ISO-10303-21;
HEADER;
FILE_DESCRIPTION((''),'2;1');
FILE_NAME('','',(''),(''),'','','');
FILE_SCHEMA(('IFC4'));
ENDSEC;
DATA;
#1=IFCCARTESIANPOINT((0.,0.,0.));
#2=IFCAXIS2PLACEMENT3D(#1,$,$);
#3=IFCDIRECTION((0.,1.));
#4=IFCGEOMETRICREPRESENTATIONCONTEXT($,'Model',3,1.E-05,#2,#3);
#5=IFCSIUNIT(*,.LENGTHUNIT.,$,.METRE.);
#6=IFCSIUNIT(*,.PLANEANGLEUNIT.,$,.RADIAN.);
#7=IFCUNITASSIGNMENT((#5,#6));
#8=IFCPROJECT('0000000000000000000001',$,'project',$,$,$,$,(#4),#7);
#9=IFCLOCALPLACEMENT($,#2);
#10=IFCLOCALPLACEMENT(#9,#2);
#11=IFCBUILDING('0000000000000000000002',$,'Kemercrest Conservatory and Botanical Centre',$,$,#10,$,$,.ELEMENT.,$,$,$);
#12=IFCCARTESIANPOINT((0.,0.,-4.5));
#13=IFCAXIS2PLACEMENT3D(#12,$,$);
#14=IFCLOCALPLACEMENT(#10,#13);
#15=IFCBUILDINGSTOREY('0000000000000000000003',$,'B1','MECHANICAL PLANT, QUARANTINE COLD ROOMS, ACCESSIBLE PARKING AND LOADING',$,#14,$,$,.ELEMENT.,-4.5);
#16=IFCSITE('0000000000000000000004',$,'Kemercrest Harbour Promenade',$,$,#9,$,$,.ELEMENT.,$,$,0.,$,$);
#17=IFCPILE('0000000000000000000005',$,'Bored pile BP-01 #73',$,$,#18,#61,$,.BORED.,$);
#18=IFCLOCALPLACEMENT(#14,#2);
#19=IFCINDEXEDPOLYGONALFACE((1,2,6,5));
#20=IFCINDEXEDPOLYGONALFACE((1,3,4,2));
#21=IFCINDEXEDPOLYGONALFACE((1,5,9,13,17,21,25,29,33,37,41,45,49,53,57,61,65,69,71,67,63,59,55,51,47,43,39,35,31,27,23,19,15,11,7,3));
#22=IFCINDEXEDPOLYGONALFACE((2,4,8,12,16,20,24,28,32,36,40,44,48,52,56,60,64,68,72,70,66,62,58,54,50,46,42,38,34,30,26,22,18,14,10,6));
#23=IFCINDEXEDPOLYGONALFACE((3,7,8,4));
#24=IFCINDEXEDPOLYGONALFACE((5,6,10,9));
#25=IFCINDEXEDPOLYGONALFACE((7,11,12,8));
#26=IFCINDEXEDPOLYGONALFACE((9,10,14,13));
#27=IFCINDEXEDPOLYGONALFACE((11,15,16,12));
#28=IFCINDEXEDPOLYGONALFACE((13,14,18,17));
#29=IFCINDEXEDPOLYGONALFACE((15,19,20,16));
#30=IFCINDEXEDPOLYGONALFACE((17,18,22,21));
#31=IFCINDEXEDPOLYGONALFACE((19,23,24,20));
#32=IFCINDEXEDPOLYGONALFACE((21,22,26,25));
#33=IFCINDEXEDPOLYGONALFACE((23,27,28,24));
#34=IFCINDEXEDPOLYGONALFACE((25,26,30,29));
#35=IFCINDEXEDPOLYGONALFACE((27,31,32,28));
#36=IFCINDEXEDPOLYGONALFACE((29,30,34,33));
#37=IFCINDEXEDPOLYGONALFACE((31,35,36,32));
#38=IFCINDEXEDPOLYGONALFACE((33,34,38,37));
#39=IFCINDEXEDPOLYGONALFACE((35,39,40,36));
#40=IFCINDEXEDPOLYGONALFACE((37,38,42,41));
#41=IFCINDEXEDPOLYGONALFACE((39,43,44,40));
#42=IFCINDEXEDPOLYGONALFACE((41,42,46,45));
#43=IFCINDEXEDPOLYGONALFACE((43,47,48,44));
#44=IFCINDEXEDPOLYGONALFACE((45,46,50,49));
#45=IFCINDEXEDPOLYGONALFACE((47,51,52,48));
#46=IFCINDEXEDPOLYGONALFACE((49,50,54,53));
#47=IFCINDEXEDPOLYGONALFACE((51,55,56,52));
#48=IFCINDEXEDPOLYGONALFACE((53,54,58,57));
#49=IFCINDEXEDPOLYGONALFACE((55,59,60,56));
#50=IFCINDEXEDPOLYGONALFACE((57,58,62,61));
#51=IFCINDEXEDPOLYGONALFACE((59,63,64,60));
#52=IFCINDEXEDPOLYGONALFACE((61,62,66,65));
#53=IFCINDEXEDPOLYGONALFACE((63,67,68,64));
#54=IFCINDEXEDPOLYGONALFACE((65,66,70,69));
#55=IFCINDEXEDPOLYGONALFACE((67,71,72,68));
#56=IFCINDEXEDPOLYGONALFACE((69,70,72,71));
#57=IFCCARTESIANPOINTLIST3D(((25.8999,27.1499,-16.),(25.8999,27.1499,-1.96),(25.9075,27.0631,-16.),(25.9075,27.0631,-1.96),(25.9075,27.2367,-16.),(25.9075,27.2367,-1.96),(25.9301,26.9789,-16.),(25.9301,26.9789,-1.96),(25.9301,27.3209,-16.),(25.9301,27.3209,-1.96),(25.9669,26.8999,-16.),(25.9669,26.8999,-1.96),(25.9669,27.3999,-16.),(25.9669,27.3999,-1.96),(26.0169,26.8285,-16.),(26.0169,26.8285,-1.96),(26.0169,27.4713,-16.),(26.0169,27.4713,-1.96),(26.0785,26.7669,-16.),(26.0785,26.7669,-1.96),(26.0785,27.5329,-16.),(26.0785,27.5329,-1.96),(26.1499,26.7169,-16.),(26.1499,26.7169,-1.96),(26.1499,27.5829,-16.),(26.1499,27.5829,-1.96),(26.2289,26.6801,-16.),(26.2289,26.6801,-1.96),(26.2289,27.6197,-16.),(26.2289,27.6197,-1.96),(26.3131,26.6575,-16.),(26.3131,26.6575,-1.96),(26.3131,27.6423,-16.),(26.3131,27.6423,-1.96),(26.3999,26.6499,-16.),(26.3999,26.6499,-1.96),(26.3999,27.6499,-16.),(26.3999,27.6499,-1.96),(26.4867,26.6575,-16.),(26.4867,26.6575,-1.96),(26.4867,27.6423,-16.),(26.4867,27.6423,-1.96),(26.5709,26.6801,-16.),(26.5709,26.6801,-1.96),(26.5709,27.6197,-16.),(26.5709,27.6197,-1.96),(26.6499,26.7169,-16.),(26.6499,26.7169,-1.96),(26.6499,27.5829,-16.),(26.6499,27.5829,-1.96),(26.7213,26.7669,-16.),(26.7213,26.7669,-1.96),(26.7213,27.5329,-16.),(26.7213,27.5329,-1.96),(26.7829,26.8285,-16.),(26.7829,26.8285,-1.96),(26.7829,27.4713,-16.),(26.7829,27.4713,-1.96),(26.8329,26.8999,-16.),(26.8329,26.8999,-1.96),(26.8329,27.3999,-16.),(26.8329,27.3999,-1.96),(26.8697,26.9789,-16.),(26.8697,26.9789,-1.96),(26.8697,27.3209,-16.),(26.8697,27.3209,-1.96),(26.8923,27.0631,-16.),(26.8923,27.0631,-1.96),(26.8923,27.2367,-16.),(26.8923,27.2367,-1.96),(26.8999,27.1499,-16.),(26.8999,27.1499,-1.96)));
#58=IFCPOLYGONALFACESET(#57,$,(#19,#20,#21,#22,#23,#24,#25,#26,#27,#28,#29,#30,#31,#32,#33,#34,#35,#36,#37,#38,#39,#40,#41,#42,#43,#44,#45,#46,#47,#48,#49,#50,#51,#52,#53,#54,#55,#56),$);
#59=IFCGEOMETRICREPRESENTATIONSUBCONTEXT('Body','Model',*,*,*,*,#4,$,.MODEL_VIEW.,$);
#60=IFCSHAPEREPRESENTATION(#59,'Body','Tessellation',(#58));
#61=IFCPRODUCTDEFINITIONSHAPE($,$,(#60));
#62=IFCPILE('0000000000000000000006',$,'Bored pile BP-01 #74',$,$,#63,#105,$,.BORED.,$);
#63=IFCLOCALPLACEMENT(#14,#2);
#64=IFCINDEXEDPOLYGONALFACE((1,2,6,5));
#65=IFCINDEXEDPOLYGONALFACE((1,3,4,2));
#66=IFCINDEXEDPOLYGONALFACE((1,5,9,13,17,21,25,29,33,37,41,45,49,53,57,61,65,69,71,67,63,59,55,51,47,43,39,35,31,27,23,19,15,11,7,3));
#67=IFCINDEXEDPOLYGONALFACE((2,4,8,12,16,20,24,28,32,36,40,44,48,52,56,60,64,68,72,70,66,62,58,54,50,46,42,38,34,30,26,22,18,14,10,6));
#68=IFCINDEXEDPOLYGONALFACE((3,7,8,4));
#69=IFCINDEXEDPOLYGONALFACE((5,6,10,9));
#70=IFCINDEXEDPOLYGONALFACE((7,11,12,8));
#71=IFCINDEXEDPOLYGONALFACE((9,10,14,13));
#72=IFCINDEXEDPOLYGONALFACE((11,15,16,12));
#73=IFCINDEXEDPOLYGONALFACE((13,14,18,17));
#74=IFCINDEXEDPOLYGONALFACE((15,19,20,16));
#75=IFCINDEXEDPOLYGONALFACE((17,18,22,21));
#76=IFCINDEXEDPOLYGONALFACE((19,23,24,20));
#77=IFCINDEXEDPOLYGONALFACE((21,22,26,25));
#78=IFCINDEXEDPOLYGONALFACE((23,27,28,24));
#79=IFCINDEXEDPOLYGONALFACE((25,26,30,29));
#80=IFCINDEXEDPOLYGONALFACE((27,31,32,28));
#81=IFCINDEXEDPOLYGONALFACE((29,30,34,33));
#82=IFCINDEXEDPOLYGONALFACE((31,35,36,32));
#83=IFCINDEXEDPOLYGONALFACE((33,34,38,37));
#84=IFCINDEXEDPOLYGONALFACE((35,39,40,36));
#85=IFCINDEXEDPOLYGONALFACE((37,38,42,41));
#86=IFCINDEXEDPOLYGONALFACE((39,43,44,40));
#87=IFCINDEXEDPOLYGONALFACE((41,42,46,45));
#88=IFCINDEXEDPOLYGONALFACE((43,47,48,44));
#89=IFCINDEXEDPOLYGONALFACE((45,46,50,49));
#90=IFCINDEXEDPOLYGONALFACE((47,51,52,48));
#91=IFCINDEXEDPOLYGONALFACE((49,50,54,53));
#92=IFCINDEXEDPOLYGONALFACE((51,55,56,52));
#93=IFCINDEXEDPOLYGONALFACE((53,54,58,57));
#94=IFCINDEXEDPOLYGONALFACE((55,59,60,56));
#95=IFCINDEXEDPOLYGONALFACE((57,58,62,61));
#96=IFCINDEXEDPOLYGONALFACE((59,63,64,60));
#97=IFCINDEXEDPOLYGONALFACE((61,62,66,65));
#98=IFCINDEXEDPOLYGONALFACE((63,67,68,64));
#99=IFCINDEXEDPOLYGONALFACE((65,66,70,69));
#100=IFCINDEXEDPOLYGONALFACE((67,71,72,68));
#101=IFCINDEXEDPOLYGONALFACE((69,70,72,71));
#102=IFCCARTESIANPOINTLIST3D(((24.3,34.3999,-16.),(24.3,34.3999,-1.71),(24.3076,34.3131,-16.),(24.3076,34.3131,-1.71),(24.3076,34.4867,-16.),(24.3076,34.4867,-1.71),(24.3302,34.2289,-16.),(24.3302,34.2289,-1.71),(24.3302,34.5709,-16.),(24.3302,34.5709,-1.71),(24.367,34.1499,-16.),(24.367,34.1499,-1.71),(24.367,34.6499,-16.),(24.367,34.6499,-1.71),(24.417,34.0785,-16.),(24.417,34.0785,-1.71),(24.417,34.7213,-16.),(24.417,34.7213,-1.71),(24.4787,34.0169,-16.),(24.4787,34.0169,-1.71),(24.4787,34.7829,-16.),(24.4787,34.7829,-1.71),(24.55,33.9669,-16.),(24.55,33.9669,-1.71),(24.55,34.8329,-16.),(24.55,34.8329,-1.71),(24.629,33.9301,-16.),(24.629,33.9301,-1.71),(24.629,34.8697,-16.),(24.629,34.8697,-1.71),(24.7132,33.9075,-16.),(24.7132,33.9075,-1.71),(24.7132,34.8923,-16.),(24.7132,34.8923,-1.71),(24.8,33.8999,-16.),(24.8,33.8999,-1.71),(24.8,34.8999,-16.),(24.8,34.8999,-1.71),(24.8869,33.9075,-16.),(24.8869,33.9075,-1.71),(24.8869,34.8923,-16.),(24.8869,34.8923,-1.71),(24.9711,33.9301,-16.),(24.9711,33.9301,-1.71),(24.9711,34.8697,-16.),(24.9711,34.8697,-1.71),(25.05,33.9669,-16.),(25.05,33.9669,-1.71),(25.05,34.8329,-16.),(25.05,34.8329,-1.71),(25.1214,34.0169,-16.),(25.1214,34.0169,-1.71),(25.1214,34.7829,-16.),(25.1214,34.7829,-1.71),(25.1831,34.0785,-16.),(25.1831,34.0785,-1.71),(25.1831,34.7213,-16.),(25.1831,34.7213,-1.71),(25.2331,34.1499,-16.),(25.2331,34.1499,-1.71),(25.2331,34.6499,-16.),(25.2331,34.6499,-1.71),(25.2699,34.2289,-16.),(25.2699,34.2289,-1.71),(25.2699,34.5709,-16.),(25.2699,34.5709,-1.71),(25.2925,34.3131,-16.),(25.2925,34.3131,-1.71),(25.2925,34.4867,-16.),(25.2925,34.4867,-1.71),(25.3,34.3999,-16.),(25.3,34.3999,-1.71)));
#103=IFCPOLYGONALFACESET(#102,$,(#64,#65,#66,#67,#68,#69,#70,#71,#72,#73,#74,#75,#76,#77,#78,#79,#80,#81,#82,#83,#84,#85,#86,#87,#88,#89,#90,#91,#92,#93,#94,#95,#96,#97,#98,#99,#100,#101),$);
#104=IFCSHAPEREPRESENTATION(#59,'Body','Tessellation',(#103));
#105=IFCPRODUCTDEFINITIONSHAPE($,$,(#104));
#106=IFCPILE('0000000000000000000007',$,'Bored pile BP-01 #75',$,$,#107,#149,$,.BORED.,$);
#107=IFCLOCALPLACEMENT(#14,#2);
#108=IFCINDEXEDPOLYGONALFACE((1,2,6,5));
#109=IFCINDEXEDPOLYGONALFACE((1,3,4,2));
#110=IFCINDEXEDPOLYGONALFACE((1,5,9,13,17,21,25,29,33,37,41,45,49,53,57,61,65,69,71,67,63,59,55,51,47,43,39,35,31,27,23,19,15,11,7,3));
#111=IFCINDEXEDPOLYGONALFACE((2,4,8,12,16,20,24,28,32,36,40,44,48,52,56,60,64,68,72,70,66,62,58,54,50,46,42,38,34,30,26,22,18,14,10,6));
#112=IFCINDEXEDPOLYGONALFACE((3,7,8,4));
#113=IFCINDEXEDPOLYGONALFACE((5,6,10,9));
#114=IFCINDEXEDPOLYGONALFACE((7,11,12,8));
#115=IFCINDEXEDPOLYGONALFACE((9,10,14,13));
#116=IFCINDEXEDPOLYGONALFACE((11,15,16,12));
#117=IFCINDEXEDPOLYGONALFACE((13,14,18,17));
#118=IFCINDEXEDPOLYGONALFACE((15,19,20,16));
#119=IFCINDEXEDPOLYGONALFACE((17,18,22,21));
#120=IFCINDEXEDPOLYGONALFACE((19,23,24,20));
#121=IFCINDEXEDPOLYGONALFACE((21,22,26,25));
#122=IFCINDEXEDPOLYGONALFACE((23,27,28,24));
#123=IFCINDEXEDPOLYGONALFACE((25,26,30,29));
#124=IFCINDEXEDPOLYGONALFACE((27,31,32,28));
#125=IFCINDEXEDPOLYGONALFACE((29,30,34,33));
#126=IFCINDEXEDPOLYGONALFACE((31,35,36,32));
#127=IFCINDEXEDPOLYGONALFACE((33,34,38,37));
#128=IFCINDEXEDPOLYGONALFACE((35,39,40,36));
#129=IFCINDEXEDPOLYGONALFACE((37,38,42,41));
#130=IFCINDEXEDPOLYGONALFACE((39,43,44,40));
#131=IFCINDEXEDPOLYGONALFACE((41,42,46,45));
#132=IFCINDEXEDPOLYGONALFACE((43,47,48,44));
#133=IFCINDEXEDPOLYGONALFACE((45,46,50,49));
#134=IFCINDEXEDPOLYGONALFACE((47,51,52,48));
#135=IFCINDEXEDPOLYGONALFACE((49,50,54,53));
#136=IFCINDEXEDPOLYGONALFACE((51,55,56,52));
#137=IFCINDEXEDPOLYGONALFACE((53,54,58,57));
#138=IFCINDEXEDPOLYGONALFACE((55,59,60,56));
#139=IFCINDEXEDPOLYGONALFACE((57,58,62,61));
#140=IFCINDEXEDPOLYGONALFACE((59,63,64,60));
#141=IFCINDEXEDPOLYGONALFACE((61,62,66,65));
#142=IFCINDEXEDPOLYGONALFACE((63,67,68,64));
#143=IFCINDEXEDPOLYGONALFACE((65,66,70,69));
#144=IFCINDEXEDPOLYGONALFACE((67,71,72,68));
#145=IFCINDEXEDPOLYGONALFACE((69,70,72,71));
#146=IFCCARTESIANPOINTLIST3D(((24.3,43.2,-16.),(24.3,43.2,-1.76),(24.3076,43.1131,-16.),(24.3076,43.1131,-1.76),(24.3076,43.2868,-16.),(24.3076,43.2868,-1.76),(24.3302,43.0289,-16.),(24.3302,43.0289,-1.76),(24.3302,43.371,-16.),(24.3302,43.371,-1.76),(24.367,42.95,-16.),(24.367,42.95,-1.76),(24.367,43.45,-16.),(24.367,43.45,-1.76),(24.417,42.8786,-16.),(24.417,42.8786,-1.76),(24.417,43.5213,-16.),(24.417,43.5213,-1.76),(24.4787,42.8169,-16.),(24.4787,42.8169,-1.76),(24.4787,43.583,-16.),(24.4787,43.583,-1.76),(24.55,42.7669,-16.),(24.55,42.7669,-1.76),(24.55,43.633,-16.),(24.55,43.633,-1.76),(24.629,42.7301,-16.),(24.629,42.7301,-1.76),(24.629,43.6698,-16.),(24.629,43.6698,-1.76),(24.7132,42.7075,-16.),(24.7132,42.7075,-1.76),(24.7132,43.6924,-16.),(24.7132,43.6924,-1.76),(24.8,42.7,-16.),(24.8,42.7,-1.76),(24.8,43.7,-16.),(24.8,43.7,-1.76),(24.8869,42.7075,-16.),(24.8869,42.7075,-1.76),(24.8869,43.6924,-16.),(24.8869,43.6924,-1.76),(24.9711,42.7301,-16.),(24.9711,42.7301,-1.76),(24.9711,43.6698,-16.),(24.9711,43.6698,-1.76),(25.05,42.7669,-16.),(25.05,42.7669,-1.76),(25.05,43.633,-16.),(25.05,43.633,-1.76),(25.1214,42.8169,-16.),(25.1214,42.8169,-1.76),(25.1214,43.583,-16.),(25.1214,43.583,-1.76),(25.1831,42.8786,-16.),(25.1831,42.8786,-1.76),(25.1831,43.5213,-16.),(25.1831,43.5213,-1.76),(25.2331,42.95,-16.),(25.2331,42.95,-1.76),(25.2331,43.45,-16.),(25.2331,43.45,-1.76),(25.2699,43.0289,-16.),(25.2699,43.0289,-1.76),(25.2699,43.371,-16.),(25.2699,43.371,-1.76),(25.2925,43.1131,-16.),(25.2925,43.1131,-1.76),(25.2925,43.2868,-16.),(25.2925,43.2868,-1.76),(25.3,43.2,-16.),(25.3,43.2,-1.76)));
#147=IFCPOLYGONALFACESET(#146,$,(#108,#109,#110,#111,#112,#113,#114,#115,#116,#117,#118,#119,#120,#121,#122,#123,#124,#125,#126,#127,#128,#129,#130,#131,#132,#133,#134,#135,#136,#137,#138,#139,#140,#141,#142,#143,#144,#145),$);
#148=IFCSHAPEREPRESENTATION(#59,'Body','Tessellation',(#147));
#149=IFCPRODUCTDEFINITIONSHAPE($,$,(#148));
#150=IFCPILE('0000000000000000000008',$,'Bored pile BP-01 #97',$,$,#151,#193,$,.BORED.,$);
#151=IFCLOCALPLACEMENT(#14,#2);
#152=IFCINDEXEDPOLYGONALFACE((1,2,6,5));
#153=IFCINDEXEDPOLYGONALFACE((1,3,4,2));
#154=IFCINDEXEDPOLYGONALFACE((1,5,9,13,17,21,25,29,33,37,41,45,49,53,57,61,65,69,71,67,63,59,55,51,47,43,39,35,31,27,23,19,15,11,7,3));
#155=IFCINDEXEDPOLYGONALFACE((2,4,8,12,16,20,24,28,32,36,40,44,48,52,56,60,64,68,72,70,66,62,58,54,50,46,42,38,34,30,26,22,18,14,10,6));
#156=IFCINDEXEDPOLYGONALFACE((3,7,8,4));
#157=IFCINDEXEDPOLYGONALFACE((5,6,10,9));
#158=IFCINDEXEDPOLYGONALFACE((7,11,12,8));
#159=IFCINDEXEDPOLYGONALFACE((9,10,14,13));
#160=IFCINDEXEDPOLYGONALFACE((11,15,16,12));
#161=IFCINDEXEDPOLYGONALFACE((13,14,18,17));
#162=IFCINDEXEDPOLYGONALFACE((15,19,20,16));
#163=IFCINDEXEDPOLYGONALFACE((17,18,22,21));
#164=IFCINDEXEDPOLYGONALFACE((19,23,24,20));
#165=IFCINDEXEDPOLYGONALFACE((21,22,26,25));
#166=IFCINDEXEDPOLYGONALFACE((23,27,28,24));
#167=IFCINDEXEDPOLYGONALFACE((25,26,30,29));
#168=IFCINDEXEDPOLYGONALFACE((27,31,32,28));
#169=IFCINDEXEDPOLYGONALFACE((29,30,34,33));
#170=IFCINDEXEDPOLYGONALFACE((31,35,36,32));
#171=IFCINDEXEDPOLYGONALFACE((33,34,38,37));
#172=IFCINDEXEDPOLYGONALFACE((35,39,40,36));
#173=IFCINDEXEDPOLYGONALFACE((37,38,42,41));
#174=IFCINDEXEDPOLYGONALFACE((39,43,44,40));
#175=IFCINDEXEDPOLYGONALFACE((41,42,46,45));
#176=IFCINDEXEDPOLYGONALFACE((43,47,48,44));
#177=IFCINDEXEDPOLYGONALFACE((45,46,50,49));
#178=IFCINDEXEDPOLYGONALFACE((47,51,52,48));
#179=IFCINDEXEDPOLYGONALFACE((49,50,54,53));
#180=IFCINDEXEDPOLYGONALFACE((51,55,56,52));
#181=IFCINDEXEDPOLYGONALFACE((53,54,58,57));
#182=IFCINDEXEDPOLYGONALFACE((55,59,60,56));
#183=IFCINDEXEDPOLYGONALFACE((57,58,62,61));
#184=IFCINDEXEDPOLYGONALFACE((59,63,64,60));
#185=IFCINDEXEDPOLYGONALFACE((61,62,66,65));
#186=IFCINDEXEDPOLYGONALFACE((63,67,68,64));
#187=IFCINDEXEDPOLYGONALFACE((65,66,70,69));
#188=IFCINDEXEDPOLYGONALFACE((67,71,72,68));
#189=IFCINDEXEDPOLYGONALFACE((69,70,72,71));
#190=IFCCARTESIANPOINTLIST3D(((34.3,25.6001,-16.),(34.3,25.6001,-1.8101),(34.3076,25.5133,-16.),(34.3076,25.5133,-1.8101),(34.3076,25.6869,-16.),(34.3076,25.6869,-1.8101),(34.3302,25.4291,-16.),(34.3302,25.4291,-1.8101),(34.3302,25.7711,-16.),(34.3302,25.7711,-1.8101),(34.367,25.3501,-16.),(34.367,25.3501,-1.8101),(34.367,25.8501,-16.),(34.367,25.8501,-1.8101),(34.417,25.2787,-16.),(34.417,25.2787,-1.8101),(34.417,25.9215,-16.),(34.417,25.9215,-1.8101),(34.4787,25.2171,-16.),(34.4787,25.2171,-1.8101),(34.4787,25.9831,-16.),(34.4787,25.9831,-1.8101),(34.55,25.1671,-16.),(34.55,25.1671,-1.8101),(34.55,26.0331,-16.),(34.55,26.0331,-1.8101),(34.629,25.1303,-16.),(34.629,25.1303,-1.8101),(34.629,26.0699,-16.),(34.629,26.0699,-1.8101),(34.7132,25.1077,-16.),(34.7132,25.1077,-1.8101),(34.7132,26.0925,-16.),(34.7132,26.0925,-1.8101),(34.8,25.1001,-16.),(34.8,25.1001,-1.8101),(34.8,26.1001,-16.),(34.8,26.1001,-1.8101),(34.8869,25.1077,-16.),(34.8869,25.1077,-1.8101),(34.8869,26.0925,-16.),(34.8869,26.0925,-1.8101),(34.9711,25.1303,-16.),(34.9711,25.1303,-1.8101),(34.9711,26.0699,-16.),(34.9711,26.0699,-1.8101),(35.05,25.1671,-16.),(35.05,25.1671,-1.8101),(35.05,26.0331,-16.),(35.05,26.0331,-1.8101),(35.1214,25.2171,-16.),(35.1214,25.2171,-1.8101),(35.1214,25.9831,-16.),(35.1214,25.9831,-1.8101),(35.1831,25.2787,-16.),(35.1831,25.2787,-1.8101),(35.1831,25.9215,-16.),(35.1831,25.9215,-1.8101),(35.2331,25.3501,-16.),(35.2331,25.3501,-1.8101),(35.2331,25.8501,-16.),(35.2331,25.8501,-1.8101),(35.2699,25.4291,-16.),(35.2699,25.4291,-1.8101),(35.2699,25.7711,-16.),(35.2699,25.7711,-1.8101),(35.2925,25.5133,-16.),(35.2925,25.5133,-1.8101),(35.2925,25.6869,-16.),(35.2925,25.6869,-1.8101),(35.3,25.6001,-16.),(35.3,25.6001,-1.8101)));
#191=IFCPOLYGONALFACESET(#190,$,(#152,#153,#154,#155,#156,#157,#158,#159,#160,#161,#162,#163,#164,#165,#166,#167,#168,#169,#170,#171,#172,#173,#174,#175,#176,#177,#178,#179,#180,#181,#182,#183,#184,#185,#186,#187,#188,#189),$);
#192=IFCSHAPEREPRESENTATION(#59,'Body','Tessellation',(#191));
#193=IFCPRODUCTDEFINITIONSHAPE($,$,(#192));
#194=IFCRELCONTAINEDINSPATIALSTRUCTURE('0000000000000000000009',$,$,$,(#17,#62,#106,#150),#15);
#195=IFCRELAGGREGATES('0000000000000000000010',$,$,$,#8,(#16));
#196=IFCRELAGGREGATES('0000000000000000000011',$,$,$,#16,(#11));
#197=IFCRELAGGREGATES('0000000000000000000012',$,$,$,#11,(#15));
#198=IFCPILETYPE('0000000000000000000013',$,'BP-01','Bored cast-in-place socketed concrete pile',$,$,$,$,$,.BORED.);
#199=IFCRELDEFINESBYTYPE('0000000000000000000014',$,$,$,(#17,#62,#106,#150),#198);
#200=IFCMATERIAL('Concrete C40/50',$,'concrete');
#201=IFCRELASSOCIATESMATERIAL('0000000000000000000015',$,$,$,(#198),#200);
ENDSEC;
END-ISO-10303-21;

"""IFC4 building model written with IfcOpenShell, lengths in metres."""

from ifc_helpers import new_model, si_unit, direction, frame, origin, origin_2d, place, context, subcontext, project, spatial, circle, extrude, material, material_profile, profile_set, type_object, element, save


model = new_model("IFC4")

# Units and contexts
model_context = context("Model", 3, precision=1e-05, world=origin(), true_north=direction((0.0, 1.0)))
body_context = subcontext(model_context, "Body", "Model", "MODEL_VIEW")
ifc_project = project(units=[si_unit("LENGTHUNIT", "METRE"), si_unit("PLANEANGLEUNIT", "RADIAN")], contexts=[model_context])

# Site, building, storey
site_placement = place(None, origin())
site = spatial("IfcSite", under=ifc_project, at=site_placement, Name="Kemercrest Harbour Promenade", CompositionType="ELEMENT", RefElevation=0.0)
building_placement = place(site_placement, origin())
building = spatial("IfcBuilding", under=site, at=building_placement, Name="Kemercrest Conservatory and Botanical Centre", CompositionType="ELEMENT")
storey_placement = place(building_placement, frame((0.0, 0.0, -4.5)))
storey = spatial("IfcBuildingStorey", under=building, at=storey_placement, Name="B1", Description="MECHANICAL PLANT, QUARANTINE COLD ROOMS, ACCESSIBLE PARKING AND LOADING", CompositionType="ELEMENT", Elevation=-4.5)

# Piles
ifc_material_1 = material(Name="Concrete C40/50", Category="concrete")
ifc_material_profile_1 = material_profile(ifc_material_1, circle(Radius=0.5, at=origin_2d()), Name="BORED PILE 1000")
ifc_profile_set_1 = profile_set([ifc_material_profile_1], Name="Concrete C40/50")
pile_type_1 = type_object("IfcPileType", Name="BP-01", Description="Bored cast-in-place socketed concrete pile", PredefinedType="BORED", material=ifc_profile_set_1)
pile_1_placement = place(storey_placement, frame((26.3999, 27.1499, -1.96), z_axis=(0.0, 0.0, -1.0), x_axis=(1.0, 0.0, 0.0)))
element("IfcPile", 1, at=pile_1_placement, inside=storey, type_object=pile_type_1, Name="Bored pile BP-01 #73", PredefinedType="BORED", context=body_context, shape_type="SweptSolid", body=[
    extrude(circle(Radius=0.5, at=origin_2d()), origin(), (0.0, 0.0, 1.0), 14.04),
])
pile_2_placement = place(storey_placement, frame((24.8, 34.3999, -1.71), z_axis=(0.0, 0.0, -1.0), x_axis=(1.0, 0.0, 0.0)))
element("IfcPile", 2, at=pile_2_placement, inside=storey, type_object=pile_type_1, Name="Bored pile BP-01 #74", PredefinedType="BORED", context=body_context, shape_type="SweptSolid", body=[
    extrude(circle(Radius=0.5, at=origin_2d()), origin(), (0.0, 0.0, 1.0), 14.29),
])
pile_3_placement = place(storey_placement, frame((24.8, 43.2, -1.76), z_axis=(0.0, 0.0, -1.0), x_axis=(1.0, 0.0, 0.0)))
element("IfcPile", 3, at=pile_3_placement, inside=storey, type_object=pile_type_1, Name="Bored pile BP-01 #75", PredefinedType="BORED", context=body_context, shape_type="SweptSolid", body=[
    extrude(circle(Radius=0.5, at=origin_2d()), origin(), (0.0, 0.0, 1.0), 14.24),
])
for number, where, z_axis, x_axis, name in (
    (4, (34.8, 25.6001, -1.8101), (0.0, 0.0, -1.0), (1.0, 0.0, 0.0), "Bored pile BP-01 #97"),
):
    element("IfcPile", number, at=place(storey_placement, frame(where, z_axis=z_axis, x_axis=x_axis)), inside=storey, type_object=pile_type_1, Name=name, PredefinedType="BORED", context=body_context, shape_type="SweptSolid", body=[
        extrude(circle(Radius=0.5, at=origin_2d()), origin(), (0.0, 0.0, 1.0), 14.1899),
    ])

save(model, "model.ifc")
